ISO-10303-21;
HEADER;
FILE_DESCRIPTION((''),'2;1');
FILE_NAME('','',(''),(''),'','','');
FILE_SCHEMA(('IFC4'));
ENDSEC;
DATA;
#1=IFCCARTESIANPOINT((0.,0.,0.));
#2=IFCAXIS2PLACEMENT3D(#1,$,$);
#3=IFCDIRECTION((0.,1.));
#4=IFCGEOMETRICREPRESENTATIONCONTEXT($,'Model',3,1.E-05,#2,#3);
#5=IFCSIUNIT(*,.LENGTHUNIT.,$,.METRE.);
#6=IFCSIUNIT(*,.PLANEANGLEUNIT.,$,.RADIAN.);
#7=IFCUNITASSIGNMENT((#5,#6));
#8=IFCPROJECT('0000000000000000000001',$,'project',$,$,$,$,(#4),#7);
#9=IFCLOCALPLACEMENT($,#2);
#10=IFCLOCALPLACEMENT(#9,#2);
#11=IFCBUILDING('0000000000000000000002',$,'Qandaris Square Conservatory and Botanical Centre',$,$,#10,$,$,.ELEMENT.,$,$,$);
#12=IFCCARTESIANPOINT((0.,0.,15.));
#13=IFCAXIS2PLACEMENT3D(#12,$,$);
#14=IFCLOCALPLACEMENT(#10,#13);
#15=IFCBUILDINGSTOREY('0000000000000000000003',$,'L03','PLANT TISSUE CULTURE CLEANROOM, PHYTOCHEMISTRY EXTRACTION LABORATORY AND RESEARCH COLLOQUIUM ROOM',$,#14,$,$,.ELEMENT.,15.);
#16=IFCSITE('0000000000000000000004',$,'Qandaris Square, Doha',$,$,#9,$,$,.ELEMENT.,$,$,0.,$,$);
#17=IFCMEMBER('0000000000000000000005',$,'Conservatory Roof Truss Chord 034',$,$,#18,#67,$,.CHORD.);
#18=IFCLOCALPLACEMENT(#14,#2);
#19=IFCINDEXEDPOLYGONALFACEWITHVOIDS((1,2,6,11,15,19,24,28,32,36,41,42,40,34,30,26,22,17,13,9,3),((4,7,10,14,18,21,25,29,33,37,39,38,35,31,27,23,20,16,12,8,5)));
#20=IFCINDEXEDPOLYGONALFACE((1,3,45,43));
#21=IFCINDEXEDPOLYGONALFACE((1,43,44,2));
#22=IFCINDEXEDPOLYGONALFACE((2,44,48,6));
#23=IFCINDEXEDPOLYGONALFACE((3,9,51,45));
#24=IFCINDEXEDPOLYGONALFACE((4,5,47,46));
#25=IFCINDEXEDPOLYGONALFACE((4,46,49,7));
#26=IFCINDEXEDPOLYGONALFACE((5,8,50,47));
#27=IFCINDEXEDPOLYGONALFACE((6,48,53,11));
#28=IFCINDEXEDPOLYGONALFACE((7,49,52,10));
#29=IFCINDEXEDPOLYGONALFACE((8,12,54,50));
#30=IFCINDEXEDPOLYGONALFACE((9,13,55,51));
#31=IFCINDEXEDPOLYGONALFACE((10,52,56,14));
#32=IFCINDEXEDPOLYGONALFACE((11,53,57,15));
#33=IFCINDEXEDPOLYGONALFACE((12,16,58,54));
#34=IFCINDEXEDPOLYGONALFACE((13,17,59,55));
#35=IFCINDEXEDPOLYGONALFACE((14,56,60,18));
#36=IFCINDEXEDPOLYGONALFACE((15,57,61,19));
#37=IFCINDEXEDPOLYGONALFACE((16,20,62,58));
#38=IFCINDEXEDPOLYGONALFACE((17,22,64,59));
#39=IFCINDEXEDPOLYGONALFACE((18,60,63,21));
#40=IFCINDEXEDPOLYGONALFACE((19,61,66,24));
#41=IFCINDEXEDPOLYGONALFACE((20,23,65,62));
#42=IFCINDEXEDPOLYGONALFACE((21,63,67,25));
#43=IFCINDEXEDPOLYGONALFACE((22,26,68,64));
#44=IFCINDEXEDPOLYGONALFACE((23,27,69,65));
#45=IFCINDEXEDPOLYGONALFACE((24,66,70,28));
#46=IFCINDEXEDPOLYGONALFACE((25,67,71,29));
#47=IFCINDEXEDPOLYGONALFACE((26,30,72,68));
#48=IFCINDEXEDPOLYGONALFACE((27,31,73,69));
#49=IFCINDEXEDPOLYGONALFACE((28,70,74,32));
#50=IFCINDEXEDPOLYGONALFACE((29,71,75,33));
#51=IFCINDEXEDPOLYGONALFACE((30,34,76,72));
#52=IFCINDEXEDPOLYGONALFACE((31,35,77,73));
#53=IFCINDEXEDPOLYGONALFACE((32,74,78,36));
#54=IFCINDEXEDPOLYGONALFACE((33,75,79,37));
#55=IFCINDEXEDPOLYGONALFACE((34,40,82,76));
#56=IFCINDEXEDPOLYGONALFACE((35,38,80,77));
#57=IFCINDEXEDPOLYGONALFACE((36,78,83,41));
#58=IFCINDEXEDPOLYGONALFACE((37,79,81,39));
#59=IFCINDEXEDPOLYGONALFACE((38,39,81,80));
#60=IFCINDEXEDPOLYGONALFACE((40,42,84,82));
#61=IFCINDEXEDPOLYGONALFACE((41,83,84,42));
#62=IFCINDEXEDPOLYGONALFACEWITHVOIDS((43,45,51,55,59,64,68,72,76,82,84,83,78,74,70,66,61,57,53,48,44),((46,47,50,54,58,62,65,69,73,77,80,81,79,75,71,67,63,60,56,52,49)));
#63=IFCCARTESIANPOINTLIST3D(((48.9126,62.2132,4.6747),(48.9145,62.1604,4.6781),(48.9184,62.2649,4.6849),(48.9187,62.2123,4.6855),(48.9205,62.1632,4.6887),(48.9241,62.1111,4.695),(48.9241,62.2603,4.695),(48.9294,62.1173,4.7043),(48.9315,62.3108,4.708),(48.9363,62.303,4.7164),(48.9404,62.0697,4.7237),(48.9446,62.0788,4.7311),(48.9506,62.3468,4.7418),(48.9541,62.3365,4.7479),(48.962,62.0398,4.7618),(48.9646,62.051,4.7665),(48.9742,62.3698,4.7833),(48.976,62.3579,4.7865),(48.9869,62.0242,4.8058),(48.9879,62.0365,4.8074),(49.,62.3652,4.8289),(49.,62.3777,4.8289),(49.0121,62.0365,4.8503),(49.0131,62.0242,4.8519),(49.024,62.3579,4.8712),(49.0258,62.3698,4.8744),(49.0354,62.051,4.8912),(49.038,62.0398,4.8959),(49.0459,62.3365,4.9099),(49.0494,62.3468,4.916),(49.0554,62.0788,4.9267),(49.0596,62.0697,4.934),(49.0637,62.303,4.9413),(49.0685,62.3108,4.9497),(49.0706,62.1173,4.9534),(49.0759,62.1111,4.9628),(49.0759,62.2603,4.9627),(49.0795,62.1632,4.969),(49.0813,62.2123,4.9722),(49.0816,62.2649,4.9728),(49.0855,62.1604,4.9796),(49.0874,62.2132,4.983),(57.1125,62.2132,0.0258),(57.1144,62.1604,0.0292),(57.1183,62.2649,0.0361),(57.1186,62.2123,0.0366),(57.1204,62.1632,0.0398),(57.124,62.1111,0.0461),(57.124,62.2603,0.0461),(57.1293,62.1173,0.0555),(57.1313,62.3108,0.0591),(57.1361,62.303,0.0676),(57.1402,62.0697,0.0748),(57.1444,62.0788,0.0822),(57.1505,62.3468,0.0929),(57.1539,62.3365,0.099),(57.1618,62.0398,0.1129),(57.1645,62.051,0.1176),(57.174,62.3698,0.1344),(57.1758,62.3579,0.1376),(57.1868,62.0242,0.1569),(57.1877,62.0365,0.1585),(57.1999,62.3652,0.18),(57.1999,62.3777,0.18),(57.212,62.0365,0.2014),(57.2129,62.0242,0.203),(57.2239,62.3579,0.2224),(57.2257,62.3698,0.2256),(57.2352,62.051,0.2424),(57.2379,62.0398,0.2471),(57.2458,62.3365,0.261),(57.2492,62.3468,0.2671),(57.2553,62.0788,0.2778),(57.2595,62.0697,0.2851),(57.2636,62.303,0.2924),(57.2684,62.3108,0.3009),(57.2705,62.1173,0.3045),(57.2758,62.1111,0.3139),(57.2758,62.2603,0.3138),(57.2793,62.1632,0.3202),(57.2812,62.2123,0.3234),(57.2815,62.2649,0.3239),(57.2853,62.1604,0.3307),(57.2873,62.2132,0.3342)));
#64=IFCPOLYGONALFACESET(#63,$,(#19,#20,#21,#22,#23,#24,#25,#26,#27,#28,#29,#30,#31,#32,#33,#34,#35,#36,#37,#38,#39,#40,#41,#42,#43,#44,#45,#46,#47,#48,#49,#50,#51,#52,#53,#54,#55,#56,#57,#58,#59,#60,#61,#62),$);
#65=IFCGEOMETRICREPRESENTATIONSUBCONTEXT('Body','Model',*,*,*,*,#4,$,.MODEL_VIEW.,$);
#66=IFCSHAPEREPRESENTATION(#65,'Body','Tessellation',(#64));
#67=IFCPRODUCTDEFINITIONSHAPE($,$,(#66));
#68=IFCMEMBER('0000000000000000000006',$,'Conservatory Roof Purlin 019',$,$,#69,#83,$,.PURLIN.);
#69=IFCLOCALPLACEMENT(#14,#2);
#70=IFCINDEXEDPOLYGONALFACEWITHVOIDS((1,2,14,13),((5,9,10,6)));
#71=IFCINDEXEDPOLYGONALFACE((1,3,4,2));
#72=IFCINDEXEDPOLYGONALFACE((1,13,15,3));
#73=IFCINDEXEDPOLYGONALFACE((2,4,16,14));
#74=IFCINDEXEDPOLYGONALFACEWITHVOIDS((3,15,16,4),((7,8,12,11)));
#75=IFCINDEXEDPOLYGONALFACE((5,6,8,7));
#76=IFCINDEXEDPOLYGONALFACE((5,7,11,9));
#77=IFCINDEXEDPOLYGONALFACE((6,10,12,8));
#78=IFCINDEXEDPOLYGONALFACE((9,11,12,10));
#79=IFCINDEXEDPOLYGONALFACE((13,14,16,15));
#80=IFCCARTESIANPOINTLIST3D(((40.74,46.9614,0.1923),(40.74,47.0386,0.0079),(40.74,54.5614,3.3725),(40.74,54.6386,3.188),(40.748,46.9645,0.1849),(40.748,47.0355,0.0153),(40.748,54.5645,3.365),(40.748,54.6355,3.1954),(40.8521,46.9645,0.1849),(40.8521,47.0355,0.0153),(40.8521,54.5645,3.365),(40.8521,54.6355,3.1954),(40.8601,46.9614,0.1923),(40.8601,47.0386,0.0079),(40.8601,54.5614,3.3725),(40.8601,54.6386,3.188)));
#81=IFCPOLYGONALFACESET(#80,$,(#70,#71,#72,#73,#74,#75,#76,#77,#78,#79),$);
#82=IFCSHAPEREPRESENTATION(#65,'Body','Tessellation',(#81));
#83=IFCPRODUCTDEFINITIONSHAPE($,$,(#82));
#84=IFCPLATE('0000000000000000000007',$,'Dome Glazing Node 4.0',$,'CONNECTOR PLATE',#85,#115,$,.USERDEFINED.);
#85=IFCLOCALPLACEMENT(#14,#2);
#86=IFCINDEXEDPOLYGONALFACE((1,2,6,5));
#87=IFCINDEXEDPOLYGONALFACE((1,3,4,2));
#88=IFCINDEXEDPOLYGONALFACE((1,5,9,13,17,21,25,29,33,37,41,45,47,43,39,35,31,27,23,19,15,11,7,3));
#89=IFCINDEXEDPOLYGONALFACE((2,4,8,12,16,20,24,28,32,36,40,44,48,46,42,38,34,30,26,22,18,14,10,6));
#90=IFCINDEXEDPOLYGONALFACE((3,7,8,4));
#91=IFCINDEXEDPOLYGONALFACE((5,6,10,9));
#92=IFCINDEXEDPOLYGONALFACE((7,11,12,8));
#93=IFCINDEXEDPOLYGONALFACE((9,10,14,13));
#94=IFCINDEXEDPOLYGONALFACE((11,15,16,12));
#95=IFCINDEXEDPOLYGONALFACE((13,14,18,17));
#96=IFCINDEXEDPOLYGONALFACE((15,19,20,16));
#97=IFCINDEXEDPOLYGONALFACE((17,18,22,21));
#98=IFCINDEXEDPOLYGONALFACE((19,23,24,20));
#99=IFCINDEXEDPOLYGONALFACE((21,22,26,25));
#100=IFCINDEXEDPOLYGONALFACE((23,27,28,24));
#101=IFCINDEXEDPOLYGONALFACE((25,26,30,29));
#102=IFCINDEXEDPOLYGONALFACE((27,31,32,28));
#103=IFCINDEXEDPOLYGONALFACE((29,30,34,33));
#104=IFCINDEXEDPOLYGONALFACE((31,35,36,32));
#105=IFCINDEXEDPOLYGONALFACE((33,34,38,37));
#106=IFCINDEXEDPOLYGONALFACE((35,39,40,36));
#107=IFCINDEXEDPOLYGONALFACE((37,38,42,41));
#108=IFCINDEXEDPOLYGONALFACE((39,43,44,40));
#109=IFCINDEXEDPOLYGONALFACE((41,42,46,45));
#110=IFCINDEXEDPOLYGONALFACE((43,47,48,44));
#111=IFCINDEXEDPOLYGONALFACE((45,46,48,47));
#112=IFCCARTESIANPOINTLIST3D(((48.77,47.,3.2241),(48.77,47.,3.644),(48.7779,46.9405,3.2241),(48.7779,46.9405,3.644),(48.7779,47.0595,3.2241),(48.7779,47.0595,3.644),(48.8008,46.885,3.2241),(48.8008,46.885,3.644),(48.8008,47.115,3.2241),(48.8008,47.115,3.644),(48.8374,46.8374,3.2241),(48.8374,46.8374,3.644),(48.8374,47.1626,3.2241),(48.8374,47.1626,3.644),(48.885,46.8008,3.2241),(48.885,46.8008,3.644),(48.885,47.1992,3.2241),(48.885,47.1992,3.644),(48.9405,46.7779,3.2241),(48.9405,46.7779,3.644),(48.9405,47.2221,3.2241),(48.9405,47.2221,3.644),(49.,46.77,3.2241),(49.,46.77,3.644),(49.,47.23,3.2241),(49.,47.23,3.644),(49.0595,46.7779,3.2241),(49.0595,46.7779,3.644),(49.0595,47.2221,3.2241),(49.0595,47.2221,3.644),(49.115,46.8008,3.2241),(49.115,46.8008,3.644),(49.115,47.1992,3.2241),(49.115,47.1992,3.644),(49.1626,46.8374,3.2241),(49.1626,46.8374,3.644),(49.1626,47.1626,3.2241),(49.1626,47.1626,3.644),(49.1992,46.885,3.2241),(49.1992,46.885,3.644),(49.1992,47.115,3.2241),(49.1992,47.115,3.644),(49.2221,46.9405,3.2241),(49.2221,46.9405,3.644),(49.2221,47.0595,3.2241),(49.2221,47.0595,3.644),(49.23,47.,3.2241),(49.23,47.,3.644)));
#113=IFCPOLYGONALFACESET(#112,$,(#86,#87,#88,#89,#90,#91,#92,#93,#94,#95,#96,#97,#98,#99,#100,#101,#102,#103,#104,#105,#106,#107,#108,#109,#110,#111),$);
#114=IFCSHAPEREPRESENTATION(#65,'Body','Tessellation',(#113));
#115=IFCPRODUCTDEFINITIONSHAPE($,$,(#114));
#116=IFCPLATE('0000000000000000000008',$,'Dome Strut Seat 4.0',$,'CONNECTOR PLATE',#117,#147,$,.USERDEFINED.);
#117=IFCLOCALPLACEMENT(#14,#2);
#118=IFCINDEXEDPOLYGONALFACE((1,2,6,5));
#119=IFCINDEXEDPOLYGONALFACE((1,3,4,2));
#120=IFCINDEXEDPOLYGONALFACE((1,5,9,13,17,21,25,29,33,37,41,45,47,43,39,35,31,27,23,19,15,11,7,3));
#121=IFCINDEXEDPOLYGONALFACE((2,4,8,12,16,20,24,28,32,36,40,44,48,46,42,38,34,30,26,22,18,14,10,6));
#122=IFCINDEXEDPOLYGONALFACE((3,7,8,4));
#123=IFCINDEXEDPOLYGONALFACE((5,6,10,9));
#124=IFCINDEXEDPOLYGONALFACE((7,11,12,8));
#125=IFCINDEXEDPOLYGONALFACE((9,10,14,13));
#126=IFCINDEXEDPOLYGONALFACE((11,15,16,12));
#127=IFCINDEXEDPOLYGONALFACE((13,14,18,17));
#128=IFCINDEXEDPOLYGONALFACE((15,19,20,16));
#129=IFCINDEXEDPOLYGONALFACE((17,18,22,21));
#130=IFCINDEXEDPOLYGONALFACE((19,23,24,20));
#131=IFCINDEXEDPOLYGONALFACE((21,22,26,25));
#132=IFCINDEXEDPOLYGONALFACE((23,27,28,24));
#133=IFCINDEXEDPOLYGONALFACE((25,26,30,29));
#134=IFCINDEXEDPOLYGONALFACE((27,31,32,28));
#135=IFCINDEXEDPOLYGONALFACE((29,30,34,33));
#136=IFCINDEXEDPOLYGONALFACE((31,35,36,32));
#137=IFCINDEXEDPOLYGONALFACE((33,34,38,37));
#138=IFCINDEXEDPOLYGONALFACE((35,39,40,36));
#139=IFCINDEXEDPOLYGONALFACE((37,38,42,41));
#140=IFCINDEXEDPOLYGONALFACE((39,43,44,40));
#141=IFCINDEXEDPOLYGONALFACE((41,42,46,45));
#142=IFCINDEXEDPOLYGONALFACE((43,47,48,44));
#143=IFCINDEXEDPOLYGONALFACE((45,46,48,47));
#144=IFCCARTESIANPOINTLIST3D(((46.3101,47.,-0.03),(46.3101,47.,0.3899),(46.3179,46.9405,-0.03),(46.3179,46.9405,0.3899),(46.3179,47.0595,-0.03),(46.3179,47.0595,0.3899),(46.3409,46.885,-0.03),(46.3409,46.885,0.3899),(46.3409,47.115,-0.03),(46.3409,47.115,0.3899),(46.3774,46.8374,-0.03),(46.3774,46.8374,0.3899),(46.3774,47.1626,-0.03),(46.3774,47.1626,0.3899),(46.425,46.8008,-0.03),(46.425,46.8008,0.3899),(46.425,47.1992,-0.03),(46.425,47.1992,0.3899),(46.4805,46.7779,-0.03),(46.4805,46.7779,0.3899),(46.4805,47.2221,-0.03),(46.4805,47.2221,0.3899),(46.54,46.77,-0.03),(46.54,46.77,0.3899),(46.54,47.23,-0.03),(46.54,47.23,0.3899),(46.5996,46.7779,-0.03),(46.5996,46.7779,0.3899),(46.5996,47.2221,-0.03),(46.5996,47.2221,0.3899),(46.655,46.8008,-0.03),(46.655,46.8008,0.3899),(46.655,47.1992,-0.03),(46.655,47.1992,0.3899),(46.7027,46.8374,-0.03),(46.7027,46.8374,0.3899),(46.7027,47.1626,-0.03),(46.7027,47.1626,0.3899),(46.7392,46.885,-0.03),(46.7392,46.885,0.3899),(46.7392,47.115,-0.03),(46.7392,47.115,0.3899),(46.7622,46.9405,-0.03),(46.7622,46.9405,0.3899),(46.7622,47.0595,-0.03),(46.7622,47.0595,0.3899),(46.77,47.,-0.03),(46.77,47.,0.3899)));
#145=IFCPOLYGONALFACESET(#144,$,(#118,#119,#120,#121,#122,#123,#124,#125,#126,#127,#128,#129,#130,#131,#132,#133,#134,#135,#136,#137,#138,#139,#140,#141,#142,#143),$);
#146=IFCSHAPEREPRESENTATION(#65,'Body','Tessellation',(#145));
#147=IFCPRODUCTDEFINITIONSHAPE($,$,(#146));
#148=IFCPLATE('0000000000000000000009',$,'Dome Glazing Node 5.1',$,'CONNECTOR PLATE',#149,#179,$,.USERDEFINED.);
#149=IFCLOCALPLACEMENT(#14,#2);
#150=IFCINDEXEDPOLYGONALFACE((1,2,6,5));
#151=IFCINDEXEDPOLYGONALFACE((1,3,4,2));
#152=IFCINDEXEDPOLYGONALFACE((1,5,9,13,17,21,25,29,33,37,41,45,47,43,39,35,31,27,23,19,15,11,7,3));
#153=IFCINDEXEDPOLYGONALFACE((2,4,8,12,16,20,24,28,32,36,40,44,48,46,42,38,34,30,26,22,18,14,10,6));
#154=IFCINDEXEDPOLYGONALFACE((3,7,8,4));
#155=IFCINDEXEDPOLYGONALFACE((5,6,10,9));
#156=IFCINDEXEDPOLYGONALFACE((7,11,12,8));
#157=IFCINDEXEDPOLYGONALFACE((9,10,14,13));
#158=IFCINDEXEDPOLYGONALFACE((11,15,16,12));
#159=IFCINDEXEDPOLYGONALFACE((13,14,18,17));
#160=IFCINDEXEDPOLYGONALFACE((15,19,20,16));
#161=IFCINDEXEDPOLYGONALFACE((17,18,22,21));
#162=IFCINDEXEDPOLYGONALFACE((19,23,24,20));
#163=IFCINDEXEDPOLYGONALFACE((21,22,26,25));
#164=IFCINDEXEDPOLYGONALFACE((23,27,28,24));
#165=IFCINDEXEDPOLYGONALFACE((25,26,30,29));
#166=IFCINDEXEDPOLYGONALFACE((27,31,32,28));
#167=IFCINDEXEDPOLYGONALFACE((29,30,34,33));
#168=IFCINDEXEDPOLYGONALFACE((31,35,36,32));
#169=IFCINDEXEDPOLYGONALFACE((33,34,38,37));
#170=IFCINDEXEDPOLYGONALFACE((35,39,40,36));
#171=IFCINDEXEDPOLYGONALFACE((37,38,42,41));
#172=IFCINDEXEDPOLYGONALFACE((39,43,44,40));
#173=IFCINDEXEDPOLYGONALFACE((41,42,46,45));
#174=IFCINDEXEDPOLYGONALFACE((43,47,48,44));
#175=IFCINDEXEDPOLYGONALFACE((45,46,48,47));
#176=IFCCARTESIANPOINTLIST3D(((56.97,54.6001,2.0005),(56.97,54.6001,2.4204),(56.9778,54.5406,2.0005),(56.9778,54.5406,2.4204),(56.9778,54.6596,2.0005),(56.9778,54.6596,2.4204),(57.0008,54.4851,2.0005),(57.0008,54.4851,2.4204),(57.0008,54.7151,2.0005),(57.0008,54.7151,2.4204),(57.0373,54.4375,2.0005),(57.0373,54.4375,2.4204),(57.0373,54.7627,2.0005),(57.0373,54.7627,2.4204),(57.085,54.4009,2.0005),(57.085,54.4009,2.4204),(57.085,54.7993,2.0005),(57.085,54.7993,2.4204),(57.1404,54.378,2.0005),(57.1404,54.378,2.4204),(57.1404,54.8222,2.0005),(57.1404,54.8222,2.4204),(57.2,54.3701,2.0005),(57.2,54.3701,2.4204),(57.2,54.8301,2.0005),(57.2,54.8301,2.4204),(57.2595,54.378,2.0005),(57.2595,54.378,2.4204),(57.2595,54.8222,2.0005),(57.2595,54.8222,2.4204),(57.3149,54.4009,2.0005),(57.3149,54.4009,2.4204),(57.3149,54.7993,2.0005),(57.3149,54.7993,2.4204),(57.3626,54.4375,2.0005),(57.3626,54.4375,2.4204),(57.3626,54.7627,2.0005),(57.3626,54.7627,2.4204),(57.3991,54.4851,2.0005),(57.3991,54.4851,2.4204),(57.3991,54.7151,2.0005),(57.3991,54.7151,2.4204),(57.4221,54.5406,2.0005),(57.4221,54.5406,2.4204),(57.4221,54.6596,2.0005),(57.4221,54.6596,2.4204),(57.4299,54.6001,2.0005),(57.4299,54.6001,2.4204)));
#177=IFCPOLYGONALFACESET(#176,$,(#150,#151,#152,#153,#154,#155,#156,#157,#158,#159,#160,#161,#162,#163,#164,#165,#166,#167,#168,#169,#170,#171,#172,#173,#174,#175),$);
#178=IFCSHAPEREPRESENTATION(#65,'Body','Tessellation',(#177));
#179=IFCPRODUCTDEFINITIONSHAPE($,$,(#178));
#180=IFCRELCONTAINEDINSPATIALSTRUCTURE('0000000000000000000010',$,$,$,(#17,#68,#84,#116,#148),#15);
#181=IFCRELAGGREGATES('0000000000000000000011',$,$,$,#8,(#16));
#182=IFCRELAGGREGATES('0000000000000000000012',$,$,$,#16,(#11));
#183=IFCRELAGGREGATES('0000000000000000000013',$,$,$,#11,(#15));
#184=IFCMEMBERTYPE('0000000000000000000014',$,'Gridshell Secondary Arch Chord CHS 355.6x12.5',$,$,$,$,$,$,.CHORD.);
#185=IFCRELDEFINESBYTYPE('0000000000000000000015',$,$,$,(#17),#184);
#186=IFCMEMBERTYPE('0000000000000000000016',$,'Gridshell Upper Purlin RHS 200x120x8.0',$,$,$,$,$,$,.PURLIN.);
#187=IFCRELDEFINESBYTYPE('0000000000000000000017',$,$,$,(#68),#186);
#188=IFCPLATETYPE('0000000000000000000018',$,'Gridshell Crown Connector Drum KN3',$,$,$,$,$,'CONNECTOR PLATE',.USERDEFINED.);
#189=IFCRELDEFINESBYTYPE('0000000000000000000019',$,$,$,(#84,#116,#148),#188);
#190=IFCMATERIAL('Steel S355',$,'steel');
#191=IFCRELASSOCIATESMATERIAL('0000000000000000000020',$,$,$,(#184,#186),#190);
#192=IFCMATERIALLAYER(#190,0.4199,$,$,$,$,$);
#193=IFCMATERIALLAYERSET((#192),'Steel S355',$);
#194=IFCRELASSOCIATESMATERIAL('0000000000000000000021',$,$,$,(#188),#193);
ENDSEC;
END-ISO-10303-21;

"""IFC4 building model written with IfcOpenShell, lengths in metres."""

from ifc_helpers import new_model, si_unit, direction, frame, origin, origin_2d, place, context, subcontext, project, spatial, hollow_rectangle, circle, hollow_circle, extrude, material, layer, layer_set, material_profile, profile_set, type_object, element, save


model = new_model("IFC4")

# Units and contexts
model_context = context("Model", 3, precision=1e-05, world=origin(), true_north=direction((0.0, 1.0)))
body_context = subcontext(model_context, "Body", "Model", "MODEL_VIEW")
ifc_project = project(units=[si_unit("LENGTHUNIT", "METRE"), si_unit("PLANEANGLEUNIT", "RADIAN")], contexts=[model_context])

# Site, building, storey
site_placement = place(None, origin())
site = spatial("IfcSite", under=ifc_project, at=site_placement, Name="Qandaris Square, Doha", CompositionType="ELEMENT", RefElevation=0.0)
building_placement = place(site_placement, origin())
building = spatial("IfcBuilding", under=site, at=building_placement, Name="Qandaris Square Conservatory and Botanical Centre", CompositionType="ELEMENT")
storey_placement = place(building_placement, frame((0.0, 0.0, 15.0)))
storey = spatial("IfcBuildingStorey", under=building, at=storey_placement, Name="L03", Description="PLANT TISSUE CULTURE CLEANROOM, PHYTOCHEMISTRY EXTRACTION LABORATORY AND RESEARCH COLLOQUIUM ROOM", CompositionType="ELEMENT", Elevation=15.0)

# Members
ifc_material_1 = material(Name="Steel S355", Category="steel")
ifc_material_profile_1 = material_profile(ifc_material_1, hollow_circle(Radius=0.1777, WallThickness=0.0125, at=origin_2d()), Name="CHS 355.6x12.5")
ifc_profile_set_1 = profile_set([ifc_material_profile_1], Name="Steel S355")
member_type_1 = type_object("IfcMemberType", Name="Gridshell Secondary Arch Chord CHS 355.6x12.5", PredefinedType="CHORD", material=ifc_profile_set_1)
member_1_placement = place(storey_placement, frame((49.0, 62.2, 4.8289), z_axis=(0.869918, 0.0, -0.493196), x_axis=(0.0, 1.0, 0.0)))
element("IfcMember", 1, at=member_1_placement, inside=storey, type_object=member_type_1, Name="Conservatory Roof Truss Chord 034", PredefinedType="CHORD", context=body_context, shape_type="SweptSolid", body=[
    extrude(hollow_circle(Radius=0.1777, WallThickness=0.0125, at=origin_2d()), origin(), (0.0, 0.0, 1.0), 9.426),
])
ifc_material_profile_2 = material_profile(ifc_material_1, hollow_rectangle(XDim=0.1201, YDim=0.2, WallThickness=0.0081, at=origin_2d()), Name="RHS 200x120x8.0")
ifc_profile_set_2 = profile_set([ifc_material_profile_2], Name="Steel S355")
member_type_2 = type_object("IfcMemberType", Name="Gridshell Upper Purlin RHS 200x120x8.0", PredefinedType="PURLIN", material=ifc_profile_set_2)
member_2_placement = place(storey_placement, frame((40.8, 47.0, 0.1001), z_axis=(0.0, 0.922495, 0.386008), x_axis=(-1.0, 0.0, 0.0)))
element("IfcMember", 2, at=member_2_placement, inside=storey, type_object=member_type_2, Name="Conservatory Roof Purlin 019", PredefinedType="PURLIN", context=body_context, shape_type="SweptSolid", body=[
    extrude(hollow_rectangle(XDim=0.1201, YDim=0.2, WallThickness=0.0081, at=origin_2d()), origin(), (0.0, 0.0, 1.0), 8.2385),
])

# Plates
ifc_layer_1 = layer(ifc_material_1, 0.4199)
ifc_layer_set_1 = layer_set([ifc_layer_1], Name="Steel S355")
plate_type_1 = type_object("IfcPlateType", Name="Gridshell Crown Connector Drum KN3", ElementType="CONNECTOR PLATE", PredefinedType="USERDEFINED", material=ifc_layer_set_1)
for number, where, z_axis, x_axis, name in (
    (3, (49.0, 47.0, 3.2241), (0.0, 0.0, 1.0), (1.0, 0.0, 0.0), "Dome Glazing Node 4.0"),
    (4, (46.54, 47.0, -0.03), (0.0, 0.0, 1.0), (1.0, 0.0, 0.0), "Dome Strut Seat 4.0"),
    (5, (57.2, 54.6001, 2.0005), (0.0, 0.0, 1.0), (1.0, 0.0, 0.0), "Dome Glazing Node 5.1"),
):
    element("IfcPlate", number, at=place(storey_placement, frame(where, z_axis=z_axis, x_axis=x_axis)), inside=storey, type_object=plate_type_1, Name=name, ObjectType="CONNECTOR PLATE", PredefinedType="USERDEFINED", context=body_context, shape_type="SweptSolid", body=[
        extrude(circle(Radius=0.23, at=origin_2d()), origin(), (0.0, 0.0, 1.0), 0.4199),
    ])

save(model, "model.ifc")
